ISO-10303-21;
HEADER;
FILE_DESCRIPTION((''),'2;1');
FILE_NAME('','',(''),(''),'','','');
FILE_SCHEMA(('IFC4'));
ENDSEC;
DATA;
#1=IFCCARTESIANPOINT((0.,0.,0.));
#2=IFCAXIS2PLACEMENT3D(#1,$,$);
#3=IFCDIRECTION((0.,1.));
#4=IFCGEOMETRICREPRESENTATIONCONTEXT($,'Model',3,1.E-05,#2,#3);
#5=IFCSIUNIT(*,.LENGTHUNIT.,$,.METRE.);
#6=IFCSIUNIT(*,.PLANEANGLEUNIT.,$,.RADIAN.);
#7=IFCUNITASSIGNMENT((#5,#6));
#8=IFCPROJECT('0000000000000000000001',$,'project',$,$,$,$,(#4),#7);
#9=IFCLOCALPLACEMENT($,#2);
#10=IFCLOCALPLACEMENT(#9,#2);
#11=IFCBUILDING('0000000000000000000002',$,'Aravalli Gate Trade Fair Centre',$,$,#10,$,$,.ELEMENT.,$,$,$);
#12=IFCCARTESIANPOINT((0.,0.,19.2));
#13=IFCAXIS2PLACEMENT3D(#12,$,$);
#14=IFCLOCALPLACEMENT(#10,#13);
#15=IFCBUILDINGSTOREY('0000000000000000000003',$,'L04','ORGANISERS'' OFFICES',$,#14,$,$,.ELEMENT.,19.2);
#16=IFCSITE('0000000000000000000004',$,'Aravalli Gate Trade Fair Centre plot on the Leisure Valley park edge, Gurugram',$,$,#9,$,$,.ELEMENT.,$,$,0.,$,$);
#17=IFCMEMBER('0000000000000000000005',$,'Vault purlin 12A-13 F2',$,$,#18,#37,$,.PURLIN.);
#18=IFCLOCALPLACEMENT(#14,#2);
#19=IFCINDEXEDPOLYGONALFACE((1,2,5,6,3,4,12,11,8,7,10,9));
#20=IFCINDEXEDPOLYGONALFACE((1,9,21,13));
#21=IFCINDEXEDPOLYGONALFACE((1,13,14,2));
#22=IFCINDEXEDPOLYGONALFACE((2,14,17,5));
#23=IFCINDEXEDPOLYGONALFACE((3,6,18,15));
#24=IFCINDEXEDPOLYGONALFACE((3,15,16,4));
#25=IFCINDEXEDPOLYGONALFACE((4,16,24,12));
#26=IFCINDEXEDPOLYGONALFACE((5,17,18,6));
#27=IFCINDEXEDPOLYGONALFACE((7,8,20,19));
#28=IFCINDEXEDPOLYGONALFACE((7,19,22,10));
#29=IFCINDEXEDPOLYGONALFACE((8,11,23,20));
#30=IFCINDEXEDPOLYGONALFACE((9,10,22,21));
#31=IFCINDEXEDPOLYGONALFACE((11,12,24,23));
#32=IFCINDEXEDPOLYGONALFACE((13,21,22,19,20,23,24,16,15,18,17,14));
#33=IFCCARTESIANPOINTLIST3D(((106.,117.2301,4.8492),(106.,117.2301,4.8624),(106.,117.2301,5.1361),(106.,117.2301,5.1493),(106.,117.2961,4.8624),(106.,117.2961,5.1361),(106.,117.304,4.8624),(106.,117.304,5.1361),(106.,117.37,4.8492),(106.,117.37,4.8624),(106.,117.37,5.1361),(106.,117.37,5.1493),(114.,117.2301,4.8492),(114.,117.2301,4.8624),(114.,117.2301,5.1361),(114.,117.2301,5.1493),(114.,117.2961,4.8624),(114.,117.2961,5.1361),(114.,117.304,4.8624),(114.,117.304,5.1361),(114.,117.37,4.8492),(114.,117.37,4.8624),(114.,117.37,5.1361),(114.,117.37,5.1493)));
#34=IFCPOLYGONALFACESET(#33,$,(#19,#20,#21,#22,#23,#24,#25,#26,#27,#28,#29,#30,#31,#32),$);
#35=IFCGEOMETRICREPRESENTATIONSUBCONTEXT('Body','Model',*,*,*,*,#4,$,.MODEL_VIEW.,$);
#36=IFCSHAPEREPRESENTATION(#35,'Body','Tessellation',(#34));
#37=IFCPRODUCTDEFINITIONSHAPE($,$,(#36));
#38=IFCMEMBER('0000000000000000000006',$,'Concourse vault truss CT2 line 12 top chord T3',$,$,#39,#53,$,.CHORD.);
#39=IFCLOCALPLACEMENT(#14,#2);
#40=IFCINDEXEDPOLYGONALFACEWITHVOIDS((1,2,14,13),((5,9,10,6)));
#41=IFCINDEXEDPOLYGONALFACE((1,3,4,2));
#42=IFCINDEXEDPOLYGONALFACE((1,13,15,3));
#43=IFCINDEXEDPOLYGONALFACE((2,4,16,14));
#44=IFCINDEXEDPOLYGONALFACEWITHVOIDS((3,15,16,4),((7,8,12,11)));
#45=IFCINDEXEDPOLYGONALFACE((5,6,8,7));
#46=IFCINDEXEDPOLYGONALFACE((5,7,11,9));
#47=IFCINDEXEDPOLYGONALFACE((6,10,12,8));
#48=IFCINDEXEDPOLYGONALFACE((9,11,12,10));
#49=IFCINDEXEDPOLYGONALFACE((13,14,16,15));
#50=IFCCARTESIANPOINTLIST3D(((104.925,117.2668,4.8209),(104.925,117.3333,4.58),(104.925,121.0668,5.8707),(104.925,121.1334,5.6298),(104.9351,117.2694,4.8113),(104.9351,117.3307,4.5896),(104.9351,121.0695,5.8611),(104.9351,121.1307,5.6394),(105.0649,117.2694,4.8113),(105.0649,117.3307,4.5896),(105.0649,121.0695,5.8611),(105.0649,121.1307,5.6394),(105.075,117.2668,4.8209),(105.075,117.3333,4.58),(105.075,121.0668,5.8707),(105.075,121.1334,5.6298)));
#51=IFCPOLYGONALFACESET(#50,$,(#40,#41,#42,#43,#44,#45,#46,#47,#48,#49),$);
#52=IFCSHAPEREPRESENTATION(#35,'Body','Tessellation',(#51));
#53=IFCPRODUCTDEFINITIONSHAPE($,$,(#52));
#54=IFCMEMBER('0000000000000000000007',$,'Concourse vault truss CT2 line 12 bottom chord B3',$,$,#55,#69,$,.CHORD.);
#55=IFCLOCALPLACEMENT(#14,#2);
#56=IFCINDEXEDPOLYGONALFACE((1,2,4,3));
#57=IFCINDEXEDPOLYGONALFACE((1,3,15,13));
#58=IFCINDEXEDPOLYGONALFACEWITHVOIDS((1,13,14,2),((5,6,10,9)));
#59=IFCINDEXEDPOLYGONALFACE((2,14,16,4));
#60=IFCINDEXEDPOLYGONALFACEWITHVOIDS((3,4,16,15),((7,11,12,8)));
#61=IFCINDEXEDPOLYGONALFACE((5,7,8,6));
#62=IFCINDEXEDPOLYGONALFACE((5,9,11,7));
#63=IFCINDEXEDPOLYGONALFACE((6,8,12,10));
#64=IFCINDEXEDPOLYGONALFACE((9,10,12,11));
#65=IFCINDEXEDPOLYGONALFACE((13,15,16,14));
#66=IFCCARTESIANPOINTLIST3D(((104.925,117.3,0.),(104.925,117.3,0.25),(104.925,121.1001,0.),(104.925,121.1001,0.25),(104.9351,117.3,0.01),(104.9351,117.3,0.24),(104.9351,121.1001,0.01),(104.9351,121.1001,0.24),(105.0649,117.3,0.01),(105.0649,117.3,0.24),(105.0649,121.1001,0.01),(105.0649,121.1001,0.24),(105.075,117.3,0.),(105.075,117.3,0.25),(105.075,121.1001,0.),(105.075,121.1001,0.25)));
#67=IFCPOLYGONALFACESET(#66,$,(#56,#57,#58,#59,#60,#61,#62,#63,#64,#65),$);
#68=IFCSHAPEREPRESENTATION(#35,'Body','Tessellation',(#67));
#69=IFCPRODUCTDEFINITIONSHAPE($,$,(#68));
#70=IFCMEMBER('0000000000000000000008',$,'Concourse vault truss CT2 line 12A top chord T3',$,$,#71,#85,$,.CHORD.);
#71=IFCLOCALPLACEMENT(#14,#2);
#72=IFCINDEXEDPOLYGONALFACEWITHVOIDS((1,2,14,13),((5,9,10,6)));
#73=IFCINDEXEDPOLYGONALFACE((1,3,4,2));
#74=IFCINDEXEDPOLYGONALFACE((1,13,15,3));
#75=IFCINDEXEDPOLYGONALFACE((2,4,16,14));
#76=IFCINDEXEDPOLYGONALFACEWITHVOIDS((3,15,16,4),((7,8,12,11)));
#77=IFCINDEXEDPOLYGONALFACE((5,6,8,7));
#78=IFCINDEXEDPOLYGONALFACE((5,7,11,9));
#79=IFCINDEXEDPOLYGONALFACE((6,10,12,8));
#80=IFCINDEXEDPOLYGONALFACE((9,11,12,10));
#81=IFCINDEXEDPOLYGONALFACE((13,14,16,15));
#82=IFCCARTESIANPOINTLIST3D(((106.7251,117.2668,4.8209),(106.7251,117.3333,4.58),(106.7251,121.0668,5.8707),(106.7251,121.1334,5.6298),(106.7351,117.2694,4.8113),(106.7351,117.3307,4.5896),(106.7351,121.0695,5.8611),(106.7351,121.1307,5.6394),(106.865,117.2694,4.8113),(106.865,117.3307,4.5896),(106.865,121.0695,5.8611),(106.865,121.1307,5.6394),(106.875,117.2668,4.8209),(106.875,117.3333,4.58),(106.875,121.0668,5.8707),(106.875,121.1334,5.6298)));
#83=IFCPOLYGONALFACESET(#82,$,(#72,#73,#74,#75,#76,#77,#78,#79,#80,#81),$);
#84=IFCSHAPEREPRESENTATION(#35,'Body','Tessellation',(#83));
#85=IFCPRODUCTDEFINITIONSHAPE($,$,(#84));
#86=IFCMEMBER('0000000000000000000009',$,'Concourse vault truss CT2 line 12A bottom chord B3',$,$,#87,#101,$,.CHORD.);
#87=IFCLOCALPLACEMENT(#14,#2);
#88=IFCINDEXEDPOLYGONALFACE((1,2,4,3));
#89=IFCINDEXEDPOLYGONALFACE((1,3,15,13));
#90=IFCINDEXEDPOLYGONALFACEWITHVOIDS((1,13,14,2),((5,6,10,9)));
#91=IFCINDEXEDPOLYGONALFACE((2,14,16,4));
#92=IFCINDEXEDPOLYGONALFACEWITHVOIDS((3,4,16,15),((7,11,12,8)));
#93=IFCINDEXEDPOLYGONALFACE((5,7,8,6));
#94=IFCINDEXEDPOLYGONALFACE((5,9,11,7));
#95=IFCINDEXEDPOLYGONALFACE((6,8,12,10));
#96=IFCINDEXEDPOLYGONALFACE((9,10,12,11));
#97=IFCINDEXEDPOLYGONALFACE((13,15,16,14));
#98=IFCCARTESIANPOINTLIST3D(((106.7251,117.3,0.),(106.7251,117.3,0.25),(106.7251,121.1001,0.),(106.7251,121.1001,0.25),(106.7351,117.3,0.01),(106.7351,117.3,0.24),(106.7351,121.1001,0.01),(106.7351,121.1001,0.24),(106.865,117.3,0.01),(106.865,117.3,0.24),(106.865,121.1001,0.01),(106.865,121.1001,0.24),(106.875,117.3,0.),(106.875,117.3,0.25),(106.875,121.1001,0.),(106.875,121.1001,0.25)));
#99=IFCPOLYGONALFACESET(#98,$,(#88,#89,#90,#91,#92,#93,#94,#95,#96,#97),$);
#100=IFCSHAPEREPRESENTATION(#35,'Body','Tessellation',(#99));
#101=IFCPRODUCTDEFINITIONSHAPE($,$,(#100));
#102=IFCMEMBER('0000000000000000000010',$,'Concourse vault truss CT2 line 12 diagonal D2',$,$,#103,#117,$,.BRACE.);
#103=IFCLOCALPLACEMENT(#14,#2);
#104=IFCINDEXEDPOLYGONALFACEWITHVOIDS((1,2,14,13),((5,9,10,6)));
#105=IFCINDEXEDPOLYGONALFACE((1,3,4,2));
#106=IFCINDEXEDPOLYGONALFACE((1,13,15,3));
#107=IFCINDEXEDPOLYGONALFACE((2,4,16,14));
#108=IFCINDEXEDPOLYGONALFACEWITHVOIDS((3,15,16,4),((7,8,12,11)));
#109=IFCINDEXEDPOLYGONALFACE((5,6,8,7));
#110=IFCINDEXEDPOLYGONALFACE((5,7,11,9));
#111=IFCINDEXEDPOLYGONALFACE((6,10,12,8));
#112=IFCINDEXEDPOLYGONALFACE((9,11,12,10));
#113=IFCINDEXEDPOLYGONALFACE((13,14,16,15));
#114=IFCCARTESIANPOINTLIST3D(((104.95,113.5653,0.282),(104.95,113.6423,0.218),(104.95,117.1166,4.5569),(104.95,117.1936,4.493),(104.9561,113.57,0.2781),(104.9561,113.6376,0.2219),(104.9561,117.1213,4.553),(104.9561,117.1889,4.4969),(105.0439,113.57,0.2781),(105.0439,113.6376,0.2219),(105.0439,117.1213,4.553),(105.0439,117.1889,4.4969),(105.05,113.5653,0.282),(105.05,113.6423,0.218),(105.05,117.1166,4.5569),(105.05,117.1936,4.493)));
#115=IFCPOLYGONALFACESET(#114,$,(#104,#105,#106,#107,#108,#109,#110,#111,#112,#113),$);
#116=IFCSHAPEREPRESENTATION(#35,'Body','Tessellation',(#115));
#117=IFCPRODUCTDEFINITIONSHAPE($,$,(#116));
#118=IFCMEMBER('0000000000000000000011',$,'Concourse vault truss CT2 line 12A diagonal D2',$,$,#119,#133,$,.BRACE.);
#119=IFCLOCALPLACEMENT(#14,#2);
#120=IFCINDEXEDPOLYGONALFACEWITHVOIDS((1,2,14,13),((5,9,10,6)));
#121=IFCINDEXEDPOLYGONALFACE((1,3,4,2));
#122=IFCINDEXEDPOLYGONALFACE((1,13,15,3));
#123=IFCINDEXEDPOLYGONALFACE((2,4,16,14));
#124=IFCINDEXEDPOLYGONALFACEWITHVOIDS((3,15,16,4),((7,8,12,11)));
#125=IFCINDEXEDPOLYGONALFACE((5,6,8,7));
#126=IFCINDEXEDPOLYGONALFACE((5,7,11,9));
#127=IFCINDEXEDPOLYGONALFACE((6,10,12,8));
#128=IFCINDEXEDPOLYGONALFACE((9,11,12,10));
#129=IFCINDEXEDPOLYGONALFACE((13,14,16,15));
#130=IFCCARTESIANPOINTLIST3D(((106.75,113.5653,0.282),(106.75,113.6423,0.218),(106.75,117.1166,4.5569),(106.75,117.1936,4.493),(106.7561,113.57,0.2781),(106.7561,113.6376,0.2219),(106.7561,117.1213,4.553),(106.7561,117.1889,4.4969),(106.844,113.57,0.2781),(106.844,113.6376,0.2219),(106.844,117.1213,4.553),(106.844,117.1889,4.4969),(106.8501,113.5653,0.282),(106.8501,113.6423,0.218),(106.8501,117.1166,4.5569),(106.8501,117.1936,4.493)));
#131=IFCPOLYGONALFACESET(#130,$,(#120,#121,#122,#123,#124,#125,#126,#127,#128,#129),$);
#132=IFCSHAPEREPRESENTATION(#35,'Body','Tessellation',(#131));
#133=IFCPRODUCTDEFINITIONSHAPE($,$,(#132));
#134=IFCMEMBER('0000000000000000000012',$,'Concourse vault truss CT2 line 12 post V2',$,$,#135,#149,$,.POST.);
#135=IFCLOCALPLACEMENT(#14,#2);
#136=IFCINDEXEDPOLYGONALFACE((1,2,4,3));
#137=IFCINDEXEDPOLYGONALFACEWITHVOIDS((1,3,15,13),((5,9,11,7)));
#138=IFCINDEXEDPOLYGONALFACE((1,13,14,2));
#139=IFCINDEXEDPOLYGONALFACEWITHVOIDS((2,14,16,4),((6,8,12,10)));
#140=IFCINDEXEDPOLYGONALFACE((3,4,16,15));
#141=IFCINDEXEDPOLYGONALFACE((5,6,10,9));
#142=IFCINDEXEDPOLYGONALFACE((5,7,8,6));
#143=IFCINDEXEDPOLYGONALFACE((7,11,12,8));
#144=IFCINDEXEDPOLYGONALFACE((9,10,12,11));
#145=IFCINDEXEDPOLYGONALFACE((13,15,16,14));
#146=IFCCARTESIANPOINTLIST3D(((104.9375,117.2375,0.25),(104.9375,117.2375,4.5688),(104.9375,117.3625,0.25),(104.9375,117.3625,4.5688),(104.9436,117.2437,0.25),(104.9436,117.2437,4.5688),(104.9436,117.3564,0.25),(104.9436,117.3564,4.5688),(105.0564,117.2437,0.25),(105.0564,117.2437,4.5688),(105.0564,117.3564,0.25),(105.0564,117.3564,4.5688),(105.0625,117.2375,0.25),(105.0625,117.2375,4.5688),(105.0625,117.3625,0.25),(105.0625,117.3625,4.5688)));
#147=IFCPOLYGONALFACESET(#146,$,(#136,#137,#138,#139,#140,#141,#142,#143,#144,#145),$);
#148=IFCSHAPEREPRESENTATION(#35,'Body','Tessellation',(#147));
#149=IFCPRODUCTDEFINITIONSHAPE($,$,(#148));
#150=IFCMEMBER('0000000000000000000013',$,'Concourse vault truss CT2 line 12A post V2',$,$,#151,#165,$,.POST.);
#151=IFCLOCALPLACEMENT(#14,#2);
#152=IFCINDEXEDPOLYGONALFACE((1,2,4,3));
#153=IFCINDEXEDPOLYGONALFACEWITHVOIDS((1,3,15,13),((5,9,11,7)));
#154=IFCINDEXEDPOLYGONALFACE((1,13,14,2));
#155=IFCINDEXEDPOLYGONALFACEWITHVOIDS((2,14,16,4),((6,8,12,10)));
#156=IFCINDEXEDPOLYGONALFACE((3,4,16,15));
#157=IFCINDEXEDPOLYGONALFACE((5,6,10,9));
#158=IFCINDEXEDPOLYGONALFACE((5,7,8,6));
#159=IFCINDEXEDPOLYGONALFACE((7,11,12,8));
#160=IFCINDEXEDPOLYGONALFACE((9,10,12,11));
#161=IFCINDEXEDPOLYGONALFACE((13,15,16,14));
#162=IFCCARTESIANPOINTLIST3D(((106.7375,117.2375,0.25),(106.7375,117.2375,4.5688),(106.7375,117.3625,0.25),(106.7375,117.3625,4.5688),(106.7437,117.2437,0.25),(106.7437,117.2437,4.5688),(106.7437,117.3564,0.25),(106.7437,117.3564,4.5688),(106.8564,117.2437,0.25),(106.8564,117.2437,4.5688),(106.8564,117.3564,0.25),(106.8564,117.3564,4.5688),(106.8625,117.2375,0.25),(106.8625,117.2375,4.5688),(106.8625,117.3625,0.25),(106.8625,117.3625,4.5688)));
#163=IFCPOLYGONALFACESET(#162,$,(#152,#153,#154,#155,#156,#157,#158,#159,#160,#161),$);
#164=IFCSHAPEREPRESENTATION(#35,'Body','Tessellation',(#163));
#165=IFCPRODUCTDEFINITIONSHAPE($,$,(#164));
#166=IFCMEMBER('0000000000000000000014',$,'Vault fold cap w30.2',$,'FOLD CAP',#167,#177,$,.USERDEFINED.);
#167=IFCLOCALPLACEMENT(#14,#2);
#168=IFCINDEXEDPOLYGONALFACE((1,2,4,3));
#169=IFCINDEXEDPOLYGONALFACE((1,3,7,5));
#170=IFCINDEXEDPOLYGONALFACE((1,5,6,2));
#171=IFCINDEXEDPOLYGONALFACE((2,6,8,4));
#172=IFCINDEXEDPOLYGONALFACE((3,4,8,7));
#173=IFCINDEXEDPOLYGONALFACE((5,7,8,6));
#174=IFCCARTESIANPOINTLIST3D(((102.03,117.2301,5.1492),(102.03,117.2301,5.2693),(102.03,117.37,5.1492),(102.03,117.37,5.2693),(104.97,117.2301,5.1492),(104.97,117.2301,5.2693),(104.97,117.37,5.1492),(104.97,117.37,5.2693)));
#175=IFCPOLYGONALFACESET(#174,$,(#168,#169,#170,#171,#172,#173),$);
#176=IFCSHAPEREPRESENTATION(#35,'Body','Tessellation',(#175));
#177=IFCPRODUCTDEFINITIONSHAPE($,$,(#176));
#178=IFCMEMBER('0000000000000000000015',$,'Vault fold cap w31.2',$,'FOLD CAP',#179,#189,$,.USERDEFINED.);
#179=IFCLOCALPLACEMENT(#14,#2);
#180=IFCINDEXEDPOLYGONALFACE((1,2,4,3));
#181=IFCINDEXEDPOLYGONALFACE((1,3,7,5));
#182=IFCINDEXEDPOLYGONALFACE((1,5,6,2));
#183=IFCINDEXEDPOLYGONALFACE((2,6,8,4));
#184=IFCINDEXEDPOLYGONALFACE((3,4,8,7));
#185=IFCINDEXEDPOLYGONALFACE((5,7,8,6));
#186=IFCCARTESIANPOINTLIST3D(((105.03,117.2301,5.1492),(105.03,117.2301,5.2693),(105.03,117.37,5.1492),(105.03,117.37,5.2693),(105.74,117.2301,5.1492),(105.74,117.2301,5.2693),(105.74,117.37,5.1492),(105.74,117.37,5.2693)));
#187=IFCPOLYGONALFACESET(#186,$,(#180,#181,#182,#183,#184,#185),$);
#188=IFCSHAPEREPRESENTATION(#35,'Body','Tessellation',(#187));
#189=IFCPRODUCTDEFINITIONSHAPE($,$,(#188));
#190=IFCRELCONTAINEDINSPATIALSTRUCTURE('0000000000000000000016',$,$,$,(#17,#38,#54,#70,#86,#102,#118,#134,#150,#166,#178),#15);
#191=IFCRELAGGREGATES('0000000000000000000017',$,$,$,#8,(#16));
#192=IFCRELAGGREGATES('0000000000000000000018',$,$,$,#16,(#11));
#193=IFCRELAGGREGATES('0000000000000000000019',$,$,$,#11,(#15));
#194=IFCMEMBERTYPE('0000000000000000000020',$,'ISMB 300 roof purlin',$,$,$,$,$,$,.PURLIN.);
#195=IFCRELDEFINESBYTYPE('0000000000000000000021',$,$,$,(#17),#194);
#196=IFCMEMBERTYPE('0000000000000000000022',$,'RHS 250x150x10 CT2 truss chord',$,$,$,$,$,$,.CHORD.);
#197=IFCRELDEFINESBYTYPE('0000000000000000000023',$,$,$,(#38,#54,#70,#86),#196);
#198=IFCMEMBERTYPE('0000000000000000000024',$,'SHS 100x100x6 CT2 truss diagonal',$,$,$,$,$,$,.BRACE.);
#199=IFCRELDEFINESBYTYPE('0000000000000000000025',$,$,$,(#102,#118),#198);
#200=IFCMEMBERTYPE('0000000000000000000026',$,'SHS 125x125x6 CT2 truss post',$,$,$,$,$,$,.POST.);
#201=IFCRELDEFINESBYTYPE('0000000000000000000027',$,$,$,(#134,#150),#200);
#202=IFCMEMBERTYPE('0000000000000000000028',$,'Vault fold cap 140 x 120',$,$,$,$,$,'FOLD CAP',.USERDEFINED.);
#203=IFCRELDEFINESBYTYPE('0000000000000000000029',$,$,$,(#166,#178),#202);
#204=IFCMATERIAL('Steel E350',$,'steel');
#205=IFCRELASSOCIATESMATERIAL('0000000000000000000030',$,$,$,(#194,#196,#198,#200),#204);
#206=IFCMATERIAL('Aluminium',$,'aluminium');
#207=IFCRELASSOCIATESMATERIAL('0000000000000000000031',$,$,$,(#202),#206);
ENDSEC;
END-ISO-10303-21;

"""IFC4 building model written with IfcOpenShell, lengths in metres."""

from ifc_helpers import new_model, si_unit, direction, frame, origin, origin_2d, place, context, subcontext, project, spatial, rectangle, hollow_rectangle, i_section, extrude, material, material_profile, profile_set, type_object, element, save


model = new_model("IFC4")

# Units and contexts
model_context = context("Model", 3, precision=1e-05, world=origin(), true_north=direction((0.0, 1.0)))
body_context = subcontext(model_context, "Body", "Model", "MODEL_VIEW")
ifc_project = project(units=[si_unit("LENGTHUNIT", "METRE"), si_unit("PLANEANGLEUNIT", "RADIAN")], contexts=[model_context])

# Site, building, storey
site_placement = place(None, origin())
site = spatial("IfcSite", under=ifc_project, at=site_placement, Name="Aravalli Gate Trade Fair Centre plot on the Leisure Valley park edge, Gurugram", CompositionType="ELEMENT", RefElevation=0.0)
building_placement = place(site_placement, origin())
building = spatial("IfcBuilding", under=site, at=building_placement, Name="Aravalli Gate Trade Fair Centre", CompositionType="ELEMENT")
storey_placement = place(building_placement, frame((0.0, 0.0, 19.2)))
storey = spatial("IfcBuildingStorey", under=building, at=storey_placement, Name="L04", Description="ORGANISERS' OFFICES", CompositionType="ELEMENT", Elevation=19.2)

# Members
ifc_material_1 = material(Name="Steel E350", Category="steel")
ifc_material_profile_1 = material_profile(ifc_material_1, i_section(OverallWidth=0.1399, OverallDepth=0.3, WebThickness=0.0078, FlangeThickness=0.0132, at=origin_2d()), Name="ISMB 300")
ifc_profile_set_1 = profile_set([ifc_material_profile_1], Name="Steel E350")
member_type_1 = type_object("IfcMemberType", Name="ISMB 300 roof purlin", PredefinedType="PURLIN", material=ifc_profile_set_1)
member_1_placement = place(storey_placement, frame((106.0, 117.3, 4.9993), z_axis=(1.0, 0.0, 0.0), x_axis=(0.0, 1.0, 0.0)))
element("IfcMember", 1, at=member_1_placement, inside=storey, type_object=member_type_1, Name="Vault purlin 12A-13 F2", PredefinedType="PURLIN", context=body_context, shape_type="SweptSolid", body=[
    extrude(i_section(OverallWidth=0.1399, OverallDepth=0.3, WebThickness=0.0078, FlangeThickness=0.0132, at=origin_2d()), origin(), (0.0, 0.0, 1.0), 8.0),
])
ifc_material_profile_2 = material_profile(ifc_material_1, hollow_rectangle(XDim=0.1499, YDim=0.25, WallThickness=0.01, at=origin_2d()), Name="RHS 250x150x10")
ifc_profile_set_2 = profile_set([ifc_material_profile_2], Name="Steel E350")
member_type_2 = type_object("IfcMemberType", Name="RHS 250x150x10 CT2 truss chord", PredefinedType="CHORD", material=ifc_profile_set_2)
member_2_placement = place(storey_placement, frame((105.0, 117.3, 4.7004), z_axis=(0.0, 0.963894, 0.266286), x_axis=(-1.0, 0.0, 0.0)))
element("IfcMember", 2, at=member_2_placement, inside=storey, type_object=member_type_2, Name="Concourse vault truss CT2 line 12 top chord T3", PredefinedType="CHORD", context=body_context, shape_type="SweptSolid", body=[
    extrude(hollow_rectangle(XDim=0.1499, YDim=0.25, WallThickness=0.01, at=origin_2d()), origin(), (0.0, 0.0, 1.0), 3.9424),
])
member_3_placement = place(storey_placement, frame((105.0, 117.3, 0.125), z_axis=(0.0, 1.0, 0.0), x_axis=(-1.0, 0.0, 0.0)))
element("IfcMember", 3, at=member_3_placement, inside=storey, type_object=member_type_2, Name="Concourse vault truss CT2 line 12 bottom chord B3", PredefinedType="CHORD", context=body_context, shape_type="SweptSolid", body=[
    extrude(hollow_rectangle(XDim=0.1499, YDim=0.25, WallThickness=0.01, at=origin_2d()), origin(), (0.0, 0.0, 1.0), 3.8),
])
member_4_placement = place(storey_placement, frame((106.8, 117.3, 4.7004), z_axis=(0.0, 0.963894, 0.266286), x_axis=(-1.0, 0.0, 0.0)))
element("IfcMember", 4, at=member_4_placement, inside=storey, type_object=member_type_2, Name="Concourse vault truss CT2 line 12A top chord T3", PredefinedType="CHORD", context=body_context, shape_type="SweptSolid", body=[
    extrude(hollow_rectangle(XDim=0.1499, YDim=0.25, WallThickness=0.01, at=origin_2d()), origin(), (0.0, 0.0, 1.0), 3.9424),
])
member_5_placement = place(storey_placement, frame((106.8, 117.3, 0.125), z_axis=(0.0, 1.0, 0.0), x_axis=(-1.0, 0.0, 0.0)))
element("IfcMember", 5, at=member_5_placement, inside=storey, type_object=member_type_2, Name="Concourse vault truss CT2 line 12A bottom chord B3", PredefinedType="CHORD", context=body_context, shape_type="SweptSolid", body=[
    extrude(hollow_rectangle(XDim=0.1499, YDim=0.25, WallThickness=0.01, at=origin_2d()), origin(), (0.0, 0.0, 1.0), 3.8),
])
ifc_material_profile_3 = material_profile(ifc_material_1, hollow_rectangle(XDim=0.1001, YDim=0.1001, WallThickness=0.0061, at=origin_2d()), Name="SHS 100x100x6")
ifc_profile_set_3 = profile_set([ifc_material_profile_3], Name="Steel E350")
member_type_3 = type_object("IfcMemberType", Name="SHS 100x100x6 CT2 truss diagonal", PredefinedType="BRACE", material=ifc_profile_set_3)
for number, where, z_axis, x_axis, name in (
    (6, (105.0, 113.6038, 0.25), (0.0, 0.639, 0.769207), (-1.0, 0.0, 0.0), "Concourse vault truss CT2 line 12 diagonal D2"),
    (7, (106.8, 113.6038, 0.25), (0.0, 0.639, 0.769207), (-1.0, 0.0, 0.0), "Concourse vault truss CT2 line 12A diagonal D2"),
):
    element("IfcMember", number, at=place(storey_placement, frame(where, z_axis=z_axis, x_axis=x_axis)), inside=storey, type_object=member_type_3, Name=name, PredefinedType="BRACE", context=body_context, shape_type="SweptSolid", body=[
        extrude(hollow_rectangle(XDim=0.1001, YDim=0.1001, WallThickness=0.0061, at=origin_2d()), origin(), (0.0, 0.0, 1.0), 5.5576),
    ])
ifc_material_profile_4 = material_profile(ifc_material_1, hollow_rectangle(XDim=0.125, YDim=0.125, WallThickness=0.0061, at=origin_2d()), Name="SHS 125x125x6")
ifc_profile_set_4 = profile_set([ifc_material_profile_4], Name="Steel E350")
member_type_4 = type_object("IfcMemberType", Name="SHS 125x125x6 CT2 truss post", PredefinedType="POST", material=ifc_profile_set_4)
for number, where, z_axis, x_axis, name in (
    (8, (105.0, 117.3, 0.25), (0.0, 0.0, 1.0), (1.0, 0.0, 0.0), "Concourse vault truss CT2 line 12 post V2"),
    (9, (106.8, 117.3, 0.25), (0.0, 0.0, 1.0), (1.0, 0.0, 0.0), "Concourse vault truss CT2 line 12A post V2"),
):
    element("IfcMember", number, at=place(storey_placement, frame(where, z_axis=z_axis, x_axis=x_axis)), inside=storey, type_object=member_type_4, Name=name, PredefinedType="POST", context=body_context, shape_type="SweptSolid", body=[
        extrude(hollow_rectangle(XDim=0.125, YDim=0.125, WallThickness=0.0061, at=origin_2d()), origin(), (0.0, 0.0, 1.0), 4.3188),
    ])
ifc_material_2 = material(Name="Aluminium", Category="aluminium")
ifc_material_profile_5 = material_profile(ifc_material_2, rectangle(XDim=0.1399, YDim=0.1201, at=origin_2d()), Name="Vault fold cap 140 x 120")
ifc_profile_set_5 = profile_set([ifc_material_profile_5], Name="Aluminium")
member_type_5 = type_object("IfcMemberType", Name="Vault fold cap 140 x 120", ElementType="FOLD CAP", PredefinedType="USERDEFINED", material=ifc_profile_set_5)
member_6_placement = place(storey_placement, frame((102.03, 117.3, 5.2092), z_axis=(1.0, 0.0, 0.0), x_axis=(0.0, 1.0, 0.0)))
element("IfcMember", 10, at=member_6_placement, inside=storey, type_object=member_type_5, Name="Vault fold cap w30.2", ObjectType="FOLD CAP", PredefinedType="USERDEFINED", context=body_context, shape_type="SweptSolid", body=[
    extrude(rectangle(XDim=0.1399, YDim=0.1201, at=origin_2d()), origin(), (0.0, 0.0, 1.0), 2.9399),
])
for number, where, z_axis, x_axis, name in (
    (11, (105.03, 117.3, 5.2092), (1.0, 0.0, 0.0), (0.0, 1.0, 0.0), "Vault fold cap w31.2"),
):
    element("IfcMember", number, at=place(storey_placement, frame(where, z_axis=z_axis, x_axis=x_axis)), inside=storey, type_object=member_type_5, Name=name, ObjectType="FOLD CAP", PredefinedType="USERDEFINED", context=body_context, shape_type="SweptSolid", body=[
        extrude(rectangle(XDim=0.1399, YDim=0.1201, at=origin_2d()), origin(), (0.0, 0.0, 1.0), 0.71),
    ])

save(model, "model.ifc")
